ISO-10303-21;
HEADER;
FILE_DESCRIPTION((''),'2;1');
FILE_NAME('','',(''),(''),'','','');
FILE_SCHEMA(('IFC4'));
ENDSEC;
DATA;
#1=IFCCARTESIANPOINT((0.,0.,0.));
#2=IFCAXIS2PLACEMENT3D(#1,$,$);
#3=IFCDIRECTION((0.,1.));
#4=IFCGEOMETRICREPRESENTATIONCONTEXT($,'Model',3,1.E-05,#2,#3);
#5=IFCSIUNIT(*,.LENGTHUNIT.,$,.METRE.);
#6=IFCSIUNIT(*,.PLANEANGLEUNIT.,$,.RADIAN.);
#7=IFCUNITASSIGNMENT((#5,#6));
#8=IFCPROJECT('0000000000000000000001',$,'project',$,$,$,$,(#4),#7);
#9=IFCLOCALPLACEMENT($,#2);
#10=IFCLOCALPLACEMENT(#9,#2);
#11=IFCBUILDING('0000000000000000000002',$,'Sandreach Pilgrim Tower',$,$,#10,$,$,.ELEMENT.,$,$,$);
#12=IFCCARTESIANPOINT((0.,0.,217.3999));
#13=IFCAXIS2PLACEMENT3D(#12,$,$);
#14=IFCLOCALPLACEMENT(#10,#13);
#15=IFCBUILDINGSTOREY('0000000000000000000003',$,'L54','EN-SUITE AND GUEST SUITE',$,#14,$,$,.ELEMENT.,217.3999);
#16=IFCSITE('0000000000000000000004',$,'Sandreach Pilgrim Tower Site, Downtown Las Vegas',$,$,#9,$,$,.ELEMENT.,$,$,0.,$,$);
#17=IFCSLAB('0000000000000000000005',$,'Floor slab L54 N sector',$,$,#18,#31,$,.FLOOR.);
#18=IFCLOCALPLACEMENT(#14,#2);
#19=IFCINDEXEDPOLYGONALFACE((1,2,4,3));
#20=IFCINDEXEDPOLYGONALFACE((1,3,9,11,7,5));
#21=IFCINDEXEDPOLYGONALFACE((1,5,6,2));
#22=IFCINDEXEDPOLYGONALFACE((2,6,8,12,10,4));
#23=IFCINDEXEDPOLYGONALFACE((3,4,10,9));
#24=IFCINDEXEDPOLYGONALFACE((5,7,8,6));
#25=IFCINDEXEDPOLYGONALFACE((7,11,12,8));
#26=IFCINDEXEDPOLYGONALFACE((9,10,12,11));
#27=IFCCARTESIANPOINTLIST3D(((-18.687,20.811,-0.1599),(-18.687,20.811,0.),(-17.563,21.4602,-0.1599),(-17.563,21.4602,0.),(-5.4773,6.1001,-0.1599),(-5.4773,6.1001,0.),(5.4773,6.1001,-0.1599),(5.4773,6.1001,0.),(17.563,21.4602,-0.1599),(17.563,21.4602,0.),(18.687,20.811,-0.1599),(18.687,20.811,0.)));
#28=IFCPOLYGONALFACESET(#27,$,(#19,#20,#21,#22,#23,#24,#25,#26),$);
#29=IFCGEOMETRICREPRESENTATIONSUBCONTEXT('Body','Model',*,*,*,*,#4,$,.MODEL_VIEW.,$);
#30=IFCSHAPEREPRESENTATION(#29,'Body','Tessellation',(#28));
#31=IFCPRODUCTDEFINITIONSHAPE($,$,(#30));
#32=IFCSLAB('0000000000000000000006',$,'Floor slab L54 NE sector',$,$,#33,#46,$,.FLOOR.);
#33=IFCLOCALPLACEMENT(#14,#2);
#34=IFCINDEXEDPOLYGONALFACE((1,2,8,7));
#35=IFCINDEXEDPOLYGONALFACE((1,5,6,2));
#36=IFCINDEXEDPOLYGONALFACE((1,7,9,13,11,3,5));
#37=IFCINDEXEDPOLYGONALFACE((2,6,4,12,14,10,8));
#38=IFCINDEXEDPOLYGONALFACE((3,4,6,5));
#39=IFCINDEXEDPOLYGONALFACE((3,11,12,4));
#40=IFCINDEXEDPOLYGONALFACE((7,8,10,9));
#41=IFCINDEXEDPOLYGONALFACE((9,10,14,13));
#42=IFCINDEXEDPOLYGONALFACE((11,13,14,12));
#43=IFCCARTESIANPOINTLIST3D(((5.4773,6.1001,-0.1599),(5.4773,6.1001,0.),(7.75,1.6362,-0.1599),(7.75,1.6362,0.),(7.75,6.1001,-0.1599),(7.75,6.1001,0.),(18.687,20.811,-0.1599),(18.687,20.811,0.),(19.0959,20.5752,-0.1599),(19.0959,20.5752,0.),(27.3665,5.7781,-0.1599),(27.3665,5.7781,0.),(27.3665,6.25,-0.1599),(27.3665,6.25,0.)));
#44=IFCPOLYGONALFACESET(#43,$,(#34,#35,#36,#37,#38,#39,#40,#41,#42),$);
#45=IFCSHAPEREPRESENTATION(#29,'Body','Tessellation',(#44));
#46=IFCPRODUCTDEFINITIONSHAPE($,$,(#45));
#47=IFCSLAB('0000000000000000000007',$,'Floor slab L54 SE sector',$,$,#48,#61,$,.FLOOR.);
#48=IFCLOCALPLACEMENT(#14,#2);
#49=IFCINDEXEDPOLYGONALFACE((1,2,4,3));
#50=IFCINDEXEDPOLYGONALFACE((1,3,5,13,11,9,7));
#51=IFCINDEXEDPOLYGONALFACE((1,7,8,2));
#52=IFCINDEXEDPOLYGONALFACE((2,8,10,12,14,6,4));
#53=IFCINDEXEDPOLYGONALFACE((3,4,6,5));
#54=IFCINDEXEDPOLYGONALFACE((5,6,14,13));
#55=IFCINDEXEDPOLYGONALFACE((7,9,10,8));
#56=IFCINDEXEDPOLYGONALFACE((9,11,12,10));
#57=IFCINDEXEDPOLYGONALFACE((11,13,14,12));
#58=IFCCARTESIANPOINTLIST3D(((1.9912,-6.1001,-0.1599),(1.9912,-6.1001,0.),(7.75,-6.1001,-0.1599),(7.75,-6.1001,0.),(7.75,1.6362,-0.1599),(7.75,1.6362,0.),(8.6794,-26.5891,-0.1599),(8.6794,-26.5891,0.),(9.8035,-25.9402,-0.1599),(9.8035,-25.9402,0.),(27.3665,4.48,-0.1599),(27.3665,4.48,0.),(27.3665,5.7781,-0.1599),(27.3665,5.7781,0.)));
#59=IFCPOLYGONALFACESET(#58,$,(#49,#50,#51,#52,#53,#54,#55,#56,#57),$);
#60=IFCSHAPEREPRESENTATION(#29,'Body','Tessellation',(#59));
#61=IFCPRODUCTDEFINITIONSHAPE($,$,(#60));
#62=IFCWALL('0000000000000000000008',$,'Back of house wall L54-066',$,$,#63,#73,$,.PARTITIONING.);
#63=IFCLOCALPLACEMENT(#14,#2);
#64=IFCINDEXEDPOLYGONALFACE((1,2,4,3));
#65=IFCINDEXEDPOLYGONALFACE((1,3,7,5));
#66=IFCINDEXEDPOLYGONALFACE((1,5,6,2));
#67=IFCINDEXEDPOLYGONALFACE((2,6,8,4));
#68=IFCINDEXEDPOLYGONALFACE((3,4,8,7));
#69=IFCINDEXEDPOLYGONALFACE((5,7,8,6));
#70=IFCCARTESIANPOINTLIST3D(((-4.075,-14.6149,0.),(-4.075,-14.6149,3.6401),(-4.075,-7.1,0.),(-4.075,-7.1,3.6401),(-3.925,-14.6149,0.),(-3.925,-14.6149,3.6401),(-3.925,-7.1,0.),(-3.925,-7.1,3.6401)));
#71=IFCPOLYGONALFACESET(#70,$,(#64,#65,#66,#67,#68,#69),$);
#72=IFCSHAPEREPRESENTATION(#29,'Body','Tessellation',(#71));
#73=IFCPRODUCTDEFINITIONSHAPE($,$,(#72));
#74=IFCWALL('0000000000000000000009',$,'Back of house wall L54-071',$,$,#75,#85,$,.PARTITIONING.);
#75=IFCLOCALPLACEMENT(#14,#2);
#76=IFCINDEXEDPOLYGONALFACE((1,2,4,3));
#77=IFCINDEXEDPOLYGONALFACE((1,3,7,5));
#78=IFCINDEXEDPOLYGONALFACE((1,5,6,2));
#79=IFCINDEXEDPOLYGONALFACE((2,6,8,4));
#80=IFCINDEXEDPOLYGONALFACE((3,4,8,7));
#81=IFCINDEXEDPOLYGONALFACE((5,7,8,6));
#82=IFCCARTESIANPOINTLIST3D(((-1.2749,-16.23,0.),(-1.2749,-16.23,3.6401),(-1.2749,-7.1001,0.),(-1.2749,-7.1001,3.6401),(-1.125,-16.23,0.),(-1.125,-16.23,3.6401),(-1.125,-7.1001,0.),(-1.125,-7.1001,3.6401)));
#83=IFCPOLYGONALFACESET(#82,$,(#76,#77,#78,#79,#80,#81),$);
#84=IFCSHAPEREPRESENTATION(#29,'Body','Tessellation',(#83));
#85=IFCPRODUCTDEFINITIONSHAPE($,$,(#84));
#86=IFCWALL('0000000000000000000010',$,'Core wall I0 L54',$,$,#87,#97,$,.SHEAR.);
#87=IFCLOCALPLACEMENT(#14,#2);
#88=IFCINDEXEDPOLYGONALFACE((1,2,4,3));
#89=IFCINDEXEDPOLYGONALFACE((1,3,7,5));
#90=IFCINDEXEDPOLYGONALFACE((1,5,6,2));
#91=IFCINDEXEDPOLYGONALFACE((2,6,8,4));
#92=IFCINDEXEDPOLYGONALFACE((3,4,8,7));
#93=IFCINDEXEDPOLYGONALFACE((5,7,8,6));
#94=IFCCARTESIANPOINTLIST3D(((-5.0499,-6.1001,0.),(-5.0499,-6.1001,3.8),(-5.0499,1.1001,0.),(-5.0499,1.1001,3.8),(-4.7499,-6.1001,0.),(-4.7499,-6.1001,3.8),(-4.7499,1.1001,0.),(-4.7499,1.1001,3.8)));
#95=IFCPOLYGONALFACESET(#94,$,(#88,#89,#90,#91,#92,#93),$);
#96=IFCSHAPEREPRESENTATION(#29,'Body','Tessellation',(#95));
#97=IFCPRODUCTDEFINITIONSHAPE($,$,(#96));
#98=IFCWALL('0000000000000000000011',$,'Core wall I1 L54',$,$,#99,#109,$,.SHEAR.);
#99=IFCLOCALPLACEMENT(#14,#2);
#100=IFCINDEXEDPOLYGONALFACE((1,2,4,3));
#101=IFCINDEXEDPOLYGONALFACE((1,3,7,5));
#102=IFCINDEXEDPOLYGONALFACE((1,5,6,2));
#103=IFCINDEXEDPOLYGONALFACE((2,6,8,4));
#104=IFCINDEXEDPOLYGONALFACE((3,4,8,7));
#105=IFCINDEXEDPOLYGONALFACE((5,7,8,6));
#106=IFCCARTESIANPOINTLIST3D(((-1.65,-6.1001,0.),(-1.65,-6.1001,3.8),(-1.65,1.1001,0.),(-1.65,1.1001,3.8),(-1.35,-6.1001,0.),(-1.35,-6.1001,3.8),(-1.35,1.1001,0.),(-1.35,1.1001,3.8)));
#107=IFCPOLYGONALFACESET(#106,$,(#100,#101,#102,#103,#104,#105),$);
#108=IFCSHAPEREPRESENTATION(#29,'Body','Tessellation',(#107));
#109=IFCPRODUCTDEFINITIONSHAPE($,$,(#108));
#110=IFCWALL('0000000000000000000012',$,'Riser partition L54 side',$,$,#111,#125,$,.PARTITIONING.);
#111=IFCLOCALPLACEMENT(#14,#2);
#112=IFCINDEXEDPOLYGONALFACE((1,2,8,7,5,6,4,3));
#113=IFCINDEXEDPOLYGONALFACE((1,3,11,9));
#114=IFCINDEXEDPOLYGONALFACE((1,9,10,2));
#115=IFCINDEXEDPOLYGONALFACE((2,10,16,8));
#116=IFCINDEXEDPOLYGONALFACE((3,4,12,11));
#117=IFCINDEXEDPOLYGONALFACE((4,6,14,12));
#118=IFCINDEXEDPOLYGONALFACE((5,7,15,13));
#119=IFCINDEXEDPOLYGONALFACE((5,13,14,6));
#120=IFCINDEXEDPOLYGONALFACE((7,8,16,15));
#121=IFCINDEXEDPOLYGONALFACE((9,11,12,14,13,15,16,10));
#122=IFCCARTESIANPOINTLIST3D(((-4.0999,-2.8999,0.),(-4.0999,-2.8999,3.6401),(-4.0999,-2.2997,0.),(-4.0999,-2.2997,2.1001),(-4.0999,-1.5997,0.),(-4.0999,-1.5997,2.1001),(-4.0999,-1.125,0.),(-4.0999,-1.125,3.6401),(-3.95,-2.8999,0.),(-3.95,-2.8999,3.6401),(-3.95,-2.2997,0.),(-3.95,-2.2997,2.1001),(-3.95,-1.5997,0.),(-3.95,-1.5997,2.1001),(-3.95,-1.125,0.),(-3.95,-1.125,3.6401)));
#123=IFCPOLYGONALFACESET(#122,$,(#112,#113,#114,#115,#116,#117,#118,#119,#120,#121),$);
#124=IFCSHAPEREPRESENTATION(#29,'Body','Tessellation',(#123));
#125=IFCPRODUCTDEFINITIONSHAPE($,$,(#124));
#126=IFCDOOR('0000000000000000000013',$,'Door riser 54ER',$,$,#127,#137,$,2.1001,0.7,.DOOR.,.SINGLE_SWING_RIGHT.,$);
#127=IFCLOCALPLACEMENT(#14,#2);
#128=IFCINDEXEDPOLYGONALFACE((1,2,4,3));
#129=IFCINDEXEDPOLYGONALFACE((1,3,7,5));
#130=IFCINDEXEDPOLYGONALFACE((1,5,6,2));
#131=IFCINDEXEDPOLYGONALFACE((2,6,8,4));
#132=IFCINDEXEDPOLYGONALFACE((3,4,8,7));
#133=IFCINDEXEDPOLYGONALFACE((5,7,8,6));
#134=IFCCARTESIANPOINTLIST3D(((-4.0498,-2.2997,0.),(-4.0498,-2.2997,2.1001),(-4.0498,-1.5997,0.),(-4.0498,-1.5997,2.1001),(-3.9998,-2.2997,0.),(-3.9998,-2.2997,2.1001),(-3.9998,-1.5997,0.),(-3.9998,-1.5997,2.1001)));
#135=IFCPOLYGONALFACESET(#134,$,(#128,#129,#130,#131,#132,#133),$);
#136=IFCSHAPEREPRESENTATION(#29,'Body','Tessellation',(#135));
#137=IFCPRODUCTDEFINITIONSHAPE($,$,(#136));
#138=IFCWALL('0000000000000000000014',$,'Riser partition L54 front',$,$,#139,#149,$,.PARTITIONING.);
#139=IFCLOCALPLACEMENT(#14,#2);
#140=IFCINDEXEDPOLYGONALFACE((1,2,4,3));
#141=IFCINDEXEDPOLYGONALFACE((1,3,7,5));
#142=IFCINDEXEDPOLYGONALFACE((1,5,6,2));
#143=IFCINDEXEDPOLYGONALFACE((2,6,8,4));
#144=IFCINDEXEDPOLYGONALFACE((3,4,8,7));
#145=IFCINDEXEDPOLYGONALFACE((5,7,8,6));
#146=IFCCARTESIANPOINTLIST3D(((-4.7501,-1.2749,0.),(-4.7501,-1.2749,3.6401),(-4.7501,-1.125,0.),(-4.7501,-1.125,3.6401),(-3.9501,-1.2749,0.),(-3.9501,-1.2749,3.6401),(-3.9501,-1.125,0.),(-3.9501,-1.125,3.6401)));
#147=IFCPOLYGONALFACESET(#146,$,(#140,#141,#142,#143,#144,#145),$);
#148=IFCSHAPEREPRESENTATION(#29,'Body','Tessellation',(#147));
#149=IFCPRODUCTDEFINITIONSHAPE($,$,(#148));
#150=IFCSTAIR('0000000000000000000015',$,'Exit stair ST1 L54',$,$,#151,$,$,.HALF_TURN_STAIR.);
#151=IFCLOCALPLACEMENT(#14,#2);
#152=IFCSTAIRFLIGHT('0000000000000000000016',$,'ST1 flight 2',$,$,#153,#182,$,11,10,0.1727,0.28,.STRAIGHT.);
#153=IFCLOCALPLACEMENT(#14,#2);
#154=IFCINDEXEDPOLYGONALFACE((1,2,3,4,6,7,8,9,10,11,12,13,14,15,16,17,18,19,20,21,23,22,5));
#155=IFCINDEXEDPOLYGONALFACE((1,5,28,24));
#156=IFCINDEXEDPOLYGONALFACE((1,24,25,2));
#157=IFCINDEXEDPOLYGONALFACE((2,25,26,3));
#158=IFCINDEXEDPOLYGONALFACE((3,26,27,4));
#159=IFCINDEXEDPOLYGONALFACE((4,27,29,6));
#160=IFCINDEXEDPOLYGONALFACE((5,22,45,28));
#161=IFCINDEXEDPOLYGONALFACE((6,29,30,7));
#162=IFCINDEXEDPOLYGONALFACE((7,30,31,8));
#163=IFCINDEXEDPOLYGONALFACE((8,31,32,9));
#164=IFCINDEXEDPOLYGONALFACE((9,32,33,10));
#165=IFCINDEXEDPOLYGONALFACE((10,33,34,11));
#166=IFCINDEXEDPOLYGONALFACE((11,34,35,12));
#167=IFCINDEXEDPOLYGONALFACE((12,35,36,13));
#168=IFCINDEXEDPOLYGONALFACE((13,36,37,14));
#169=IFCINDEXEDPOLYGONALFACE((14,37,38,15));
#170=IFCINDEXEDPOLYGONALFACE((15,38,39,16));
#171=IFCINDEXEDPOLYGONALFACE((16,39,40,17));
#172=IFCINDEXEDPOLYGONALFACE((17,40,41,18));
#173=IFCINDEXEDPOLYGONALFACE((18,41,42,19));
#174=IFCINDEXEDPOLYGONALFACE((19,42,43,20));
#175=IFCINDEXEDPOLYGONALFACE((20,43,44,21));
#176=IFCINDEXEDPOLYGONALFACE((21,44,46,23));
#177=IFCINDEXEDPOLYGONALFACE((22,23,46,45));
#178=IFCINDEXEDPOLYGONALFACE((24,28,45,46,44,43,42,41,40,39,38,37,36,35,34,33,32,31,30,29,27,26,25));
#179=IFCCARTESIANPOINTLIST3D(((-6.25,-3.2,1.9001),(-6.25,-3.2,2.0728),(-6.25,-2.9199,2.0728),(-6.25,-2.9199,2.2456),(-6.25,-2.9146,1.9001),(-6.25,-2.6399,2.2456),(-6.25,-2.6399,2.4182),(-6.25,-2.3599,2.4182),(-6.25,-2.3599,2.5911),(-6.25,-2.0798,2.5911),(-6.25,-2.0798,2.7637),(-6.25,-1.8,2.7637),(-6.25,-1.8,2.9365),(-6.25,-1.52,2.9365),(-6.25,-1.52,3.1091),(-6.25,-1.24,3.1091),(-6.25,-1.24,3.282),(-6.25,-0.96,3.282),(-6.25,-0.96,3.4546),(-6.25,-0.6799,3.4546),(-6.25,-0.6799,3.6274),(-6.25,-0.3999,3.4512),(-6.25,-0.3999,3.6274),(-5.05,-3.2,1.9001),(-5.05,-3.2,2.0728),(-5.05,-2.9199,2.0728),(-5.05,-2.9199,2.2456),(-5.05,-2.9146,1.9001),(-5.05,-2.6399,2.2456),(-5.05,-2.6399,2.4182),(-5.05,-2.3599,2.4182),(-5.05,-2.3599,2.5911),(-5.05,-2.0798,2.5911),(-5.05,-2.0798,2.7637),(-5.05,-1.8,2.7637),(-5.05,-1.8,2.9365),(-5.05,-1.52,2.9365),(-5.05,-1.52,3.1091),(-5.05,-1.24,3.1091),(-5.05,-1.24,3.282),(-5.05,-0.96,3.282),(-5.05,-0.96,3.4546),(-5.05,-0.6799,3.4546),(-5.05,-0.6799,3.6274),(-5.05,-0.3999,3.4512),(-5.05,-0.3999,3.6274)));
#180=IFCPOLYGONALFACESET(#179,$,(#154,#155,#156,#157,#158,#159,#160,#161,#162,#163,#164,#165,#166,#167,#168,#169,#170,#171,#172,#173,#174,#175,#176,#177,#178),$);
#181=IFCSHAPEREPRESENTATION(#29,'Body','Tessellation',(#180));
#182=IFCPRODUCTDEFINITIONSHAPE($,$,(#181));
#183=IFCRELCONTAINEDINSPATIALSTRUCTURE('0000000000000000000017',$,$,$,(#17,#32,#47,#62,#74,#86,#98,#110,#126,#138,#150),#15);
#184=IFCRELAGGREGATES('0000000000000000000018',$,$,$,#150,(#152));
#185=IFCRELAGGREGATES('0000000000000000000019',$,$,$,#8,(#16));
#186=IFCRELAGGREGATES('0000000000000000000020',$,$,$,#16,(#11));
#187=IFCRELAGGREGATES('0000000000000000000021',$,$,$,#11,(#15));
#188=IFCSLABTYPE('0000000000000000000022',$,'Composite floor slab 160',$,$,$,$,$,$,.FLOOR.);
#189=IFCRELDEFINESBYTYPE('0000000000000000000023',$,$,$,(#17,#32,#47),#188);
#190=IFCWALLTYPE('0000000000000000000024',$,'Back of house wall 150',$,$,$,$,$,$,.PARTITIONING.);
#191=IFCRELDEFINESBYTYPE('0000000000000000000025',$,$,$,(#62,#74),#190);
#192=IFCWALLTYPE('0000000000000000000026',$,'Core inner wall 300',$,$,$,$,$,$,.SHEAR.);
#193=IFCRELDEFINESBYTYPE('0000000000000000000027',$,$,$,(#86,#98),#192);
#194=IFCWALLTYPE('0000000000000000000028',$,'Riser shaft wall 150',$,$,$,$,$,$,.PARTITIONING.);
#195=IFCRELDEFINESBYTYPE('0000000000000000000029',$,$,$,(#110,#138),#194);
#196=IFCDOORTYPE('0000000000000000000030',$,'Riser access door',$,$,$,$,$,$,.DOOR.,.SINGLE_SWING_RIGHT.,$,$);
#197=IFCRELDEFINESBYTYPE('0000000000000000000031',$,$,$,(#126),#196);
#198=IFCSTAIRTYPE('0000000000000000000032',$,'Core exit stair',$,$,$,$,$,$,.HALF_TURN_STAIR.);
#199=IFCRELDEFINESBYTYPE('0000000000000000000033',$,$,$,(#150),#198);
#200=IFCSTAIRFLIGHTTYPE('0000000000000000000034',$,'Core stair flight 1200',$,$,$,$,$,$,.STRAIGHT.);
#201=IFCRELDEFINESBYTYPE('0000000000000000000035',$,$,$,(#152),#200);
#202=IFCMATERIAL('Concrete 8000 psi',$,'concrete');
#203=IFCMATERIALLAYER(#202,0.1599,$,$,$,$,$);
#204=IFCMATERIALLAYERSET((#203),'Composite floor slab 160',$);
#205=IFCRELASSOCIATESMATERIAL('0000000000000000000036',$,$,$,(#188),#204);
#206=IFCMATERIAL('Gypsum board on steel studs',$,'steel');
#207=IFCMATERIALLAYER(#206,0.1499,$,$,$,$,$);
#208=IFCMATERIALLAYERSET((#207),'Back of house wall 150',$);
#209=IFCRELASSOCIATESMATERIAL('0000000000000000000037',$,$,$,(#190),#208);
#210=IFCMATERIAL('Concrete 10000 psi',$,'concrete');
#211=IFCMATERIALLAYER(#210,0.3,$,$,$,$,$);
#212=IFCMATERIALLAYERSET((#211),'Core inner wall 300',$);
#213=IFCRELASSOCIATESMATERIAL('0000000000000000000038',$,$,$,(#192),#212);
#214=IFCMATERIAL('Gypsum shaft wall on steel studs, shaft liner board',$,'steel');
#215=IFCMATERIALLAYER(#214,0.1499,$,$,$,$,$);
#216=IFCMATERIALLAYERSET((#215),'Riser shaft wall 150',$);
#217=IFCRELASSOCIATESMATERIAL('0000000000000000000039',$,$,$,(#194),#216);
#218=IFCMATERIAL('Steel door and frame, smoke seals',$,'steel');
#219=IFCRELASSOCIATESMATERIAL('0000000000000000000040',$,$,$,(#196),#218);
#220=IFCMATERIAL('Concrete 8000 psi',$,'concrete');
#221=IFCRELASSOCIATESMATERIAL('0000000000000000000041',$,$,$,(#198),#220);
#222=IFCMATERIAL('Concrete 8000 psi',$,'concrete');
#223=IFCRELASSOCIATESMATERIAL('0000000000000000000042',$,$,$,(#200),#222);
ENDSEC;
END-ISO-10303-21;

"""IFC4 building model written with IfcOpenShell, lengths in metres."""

from ifc_helpers import new_model, si_unit, direction, frame, frame_2d, origin, place, context, subcontext, project, spatial, polyline, rectangle, outline, extrude, material, layer, layer_set, type_object, element, fill, aggregate, save


model = new_model("IFC4")

# Units and contexts
model_context = context("Model", 3, precision=1e-05, world=origin(), true_north=direction((0.0, 1.0)))
body_context = subcontext(model_context, "Body", "Model", "MODEL_VIEW")
ifc_project = project(units=[si_unit("LENGTHUNIT", "METRE"), si_unit("PLANEANGLEUNIT", "RADIAN")], contexts=[model_context])

# Site, building, storey
site_placement = place(None, origin())
site = spatial("IfcSite", under=ifc_project, at=site_placement, Name="Sandreach Pilgrim Tower Site, Downtown Las Vegas", CompositionType="ELEMENT", RefElevation=0.0)
building_placement = place(site_placement, origin())
building = spatial("IfcBuilding", under=site, at=building_placement, Name="Sandreach Pilgrim Tower", CompositionType="ELEMENT")
storey_placement = place(building_placement, frame((0.0, 0.0, 217.3999)))
storey = spatial("IfcBuildingStorey", under=building, at=storey_placement, Name="L54", Description="EN-SUITE AND GUEST SUITE", CompositionType="ELEMENT", Elevation=217.3999)

# Slabs
ifc_material_1 = material(Name="Concrete 8000 psi", Category="concrete")
ifc_layer_1 = layer(ifc_material_1, 0.1599)
ifc_layer_set_1 = layer_set([ifc_layer_1], Name="Composite floor slab 160")
slab_type = type_object("IfcSlabType", Name="Composite floor slab 160", PredefinedType="FLOOR", material=ifc_layer_set_1)
slab_1_placement = place(storey_placement, frame((0.0, 0.0, -0.1599)))
element("IfcSlab", 1, at=slab_1_placement, inside=storey, type_object=slab_type, Name="Floor slab L54 N sector", PredefinedType="FLOOR", context=body_context, shape_type="SweptSolid", body=[
    extrude(outline(polyline([(-17.563, 21.4602), (17.563, 21.4602), (18.687, 20.811), (5.4773, 6.1001), (-5.4773, 6.1001), (-18.687, 20.811), (-17.563, 21.4602)])), origin(), (0.0, 0.0, 1.0), 0.1599),
])
slab_2_placement = place(storey_placement, frame((0.0, 0.0, -0.1599)))
element("IfcSlab", 2, at=slab_2_placement, inside=storey, type_object=slab_type, Name="Floor slab L54 NE sector", PredefinedType="FLOOR", context=body_context, shape_type="SweptSolid", body=[
    extrude(outline(polyline([(19.0959, 20.5752), (27.3665, 6.25), (27.3665, 5.7781), (7.75, 1.6362), (7.75, 6.1001), (5.4773, 6.1001), (18.687, 20.811), (19.0959, 20.5752)])), origin(), (0.0, 0.0, 1.0), 0.1599),
])
slab_3_placement = place(storey_placement, frame((0.0, 0.0, -0.1599)))
element("IfcSlab", 3, at=slab_3_placement, inside=storey, type_object=slab_type, Name="Floor slab L54 SE sector", PredefinedType="FLOOR", context=body_context, shape_type="SweptSolid", body=[
    extrude(outline(polyline([(27.3665, 4.48), (9.8035, -25.9402), (8.6794, -26.5891), (1.9912, -6.1001), (7.75, -6.1001), (7.75, 1.6362), (27.3665, 5.7781), (27.3665, 4.48)])), origin(), (0.0, 0.0, 1.0), 0.1599),
])

# Walls
ifc_material_2 = material(Name="Gypsum board on steel studs", Category="steel")
ifc_layer_2 = layer(ifc_material_2, 0.1499)
ifc_layer_set_2 = layer_set([ifc_layer_2], Name="Back of house wall 150")
wall_type_1 = type_object("IfcWallType", Name="Back of house wall 150", PredefinedType="PARTITIONING", material=ifc_layer_set_2)
wall_1_placement = place(storey_placement, frame((-4.0, -7.1001, 0.0), z_axis=(0.0, 0.0, 1.0), x_axis=(0.0, -1.0, 0.0)))
element("IfcWall", 4, at=wall_1_placement, inside=storey, type_object=wall_type_1, Name="Back of house wall L54-066", PredefinedType="PARTITIONING", context=body_context, shape_type="SweptSolid", body=[
    extrude(rectangle(XDim=7.5149, YDim=0.1499, at=frame_2d((3.7573, 0.0))), origin(), (0.0, 0.0, 1.0), 3.6401),
])
wall_2_placement = place(storey_placement, frame((-1.2, -7.1001, 0.0), z_axis=(0.0, 0.0, 1.0), x_axis=(0.0, -1.0, 0.0)))
element("IfcWall", 5, at=wall_2_placement, inside=storey, type_object=wall_type_1, Name="Back of house wall L54-071", PredefinedType="PARTITIONING", context=body_context, shape_type="SweptSolid", body=[
    extrude(rectangle(XDim=9.1299, YDim=0.1499, at=frame_2d((4.5649, 0.0))), origin(), (0.0, 0.0, 1.0), 3.6401),
])
ifc_material_3 = material(Name="Concrete 10000 psi", Category="concrete")
ifc_layer_3 = layer(ifc_material_3, 0.3)
ifc_layer_set_3 = layer_set([ifc_layer_3], Name="Core inner wall 300")
wall_type_2 = type_object("IfcWallType", Name="Core inner wall 300", PredefinedType="SHEAR", material=ifc_layer_set_3)
for number, where, z_axis, x_axis, name in (
    (6, (-4.8999, -6.1001, 0.0), (0.0, 0.0, 1.0), (0.0, 1.0, 0.0), "Core wall I0 L54"),
    (7, (-1.5, -6.1001, 0.0), (0.0, 0.0, 1.0), (0.0, 1.0, 0.0), "Core wall I1 L54"),
):
    element("IfcWall", number, at=place(storey_placement, frame(where, z_axis=z_axis, x_axis=x_axis)), inside=storey, type_object=wall_type_2, Name=name, PredefinedType="SHEAR", context=body_context, shape_type="SweptSolid", body=[
        extrude(rectangle(XDim=7.2002, YDim=0.3, at=frame_2d((3.6001, 0.0))), origin(), (0.0, 0.0, 1.0), 3.8),
    ])

# Wall, opening, door
ifc_material_4 = material(Name="Gypsum shaft wall on steel studs, shaft liner board", Category="steel")
ifc_layer_4 = layer(ifc_material_4, 0.1499)
ifc_layer_set_4 = layer_set([ifc_layer_4], Name="Riser shaft wall 150")
wall_type_3 = type_object("IfcWallType", Name="Riser shaft wall 150", PredefinedType="PARTITIONING", material=ifc_layer_set_4)
wall_3_placement = place(storey_placement, frame((-4.0249, -2.8999, 0.0), z_axis=(0.0, 0.0, 1.0), x_axis=(0.0, 1.0, 0.0)))
wall_3 = element("IfcWall", 8, at=wall_3_placement, inside=storey, type_object=wall_type_3, Name="Riser partition L54 side", PredefinedType="PARTITIONING", context=body_context, shape_type="SweptSolid", body=[
    extrude(rectangle(XDim=1.7749, YDim=0.1499, at=frame_2d((0.8875, 0.0))), origin(), (0.0, 0.0, 1.0), 3.6401),
])
opening_1_placement = place(wall_3_placement, frame((0.6001, 0.0, 0.0)))
opening_1 = element("IfcOpeningElement", 9, at=opening_1_placement, cuts=wall_3, PredefinedType="OPENING", context=body_context, shape_type="SweptSolid", body=[
    extrude(rectangle(XDim=0.7, YDim=2.1001, at=frame_2d((0.3501, 1.05))), frame((0.0, 0.075, 0.0), z_axis=(0.0, -1.0, 0.0), x_axis=(1.0, 0.0, 0.0)), (0.0, 0.0, 1.0), 0.1499),
])
ifc_material_5 = material(Name="Steel door and frame, smoke seals", Category="steel")
door_type_1 = type_object("IfcDoorType", Name="Riser access door", OperationType="SINGLE_SWING_RIGHT", PredefinedType="DOOR", material=ifc_material_5)
door_1_placement = place(opening_1_placement, origin())
door_1 = element("IfcDoor", 10, at=door_1_placement, inside=storey, type_object=door_type_1, Name="Door riser 54ER", OperationType="SINGLE_SWING_RIGHT", OverallHeight=2.1001, OverallWidth=0.7, PredefinedType="DOOR", context=body_context, shape_type="SweptSolid", body=[
    extrude(rectangle(XDim=0.7, YDim=2.1001, at=frame_2d((0.3501, 1.05))), frame((0.0, 0.0249, 0.0), z_axis=(0.0, -1.0, 0.0), x_axis=(1.0, 0.0, 0.0)), (0.0, 0.0, 1.0), 0.05),
])
fill(opening_1, door_1)

# Wall
wall_4_placement = place(storey_placement, frame((-4.75, -1.2, 0.0), z_axis=(0.0, 0.0, 1.0), x_axis=(1.0, 0.0, 0.0)))
element("IfcWall", 11, at=wall_4_placement, inside=storey, type_object=wall_type_3, Name="Riser partition L54 front", PredefinedType="PARTITIONING", context=body_context, shape_type="SweptSolid", body=[
    extrude(rectangle(XDim=0.8, YDim=0.1499, at=frame_2d((0.3999, 0.0))), origin(), (0.0, 0.0, 1.0), 3.6401),
])

# Stair, stair flight
ifc_material_6 = material(Name="Concrete 8000 psi", Category="concrete")
stair_type = type_object("IfcStairType", Name="Core exit stair", PredefinedType="HALF_TURN_STAIR", material=ifc_material_6)
stair_1_placement = place(storey_placement, origin())
stair_1 = element("IfcStair", 12, at=stair_1_placement, inside=storey, type_object=stair_type, Name="Exit stair ST1 L54", PredefinedType="HALF_TURN_STAIR")
ifc_material_7 = material(Name="Concrete 8000 psi", Category="concrete")
stair_flight_type = type_object("IfcStairFlightType", Name="Core stair flight 1200", PredefinedType="STRAIGHT", material=ifc_material_7)
stair_flight_1_placement = place(storey_placement, frame((-5.6499, -3.2, 1.9001), z_axis=(0.0, 0.0, 1.0), x_axis=(0.0, 1.0, 0.0)))
stair_flight_1 = element("IfcStairFlight", 13, at=stair_flight_1_placement, type_object=stair_flight_type, Name="ST1 flight 2", NumberOfRisers=11, NumberOfTreads=10, PredefinedType="STRAIGHT", RiserHeight=0.1727, TreadLength=0.28, context=body_context, shape_type="SweptSolid", body=[
    extrude(outline(polyline([(0.0, 0.0), (0.0, 0.1726), (0.28, 0.1726), (0.28, 0.3455), (0.5601, 0.3455), (0.5601, 0.5181), (0.8401, 0.5181), (0.8401, 0.6909), (1.1201, 0.6909), (1.1201, 0.8635), (1.3999, 0.8635), (1.3999, 1.0364), (1.6799, 1.0364), (1.6799, 1.209), (1.96, 1.209), (1.96, 1.3818), (2.24, 1.3818), (2.24, 1.5544), (2.52, 1.5544), (2.52, 1.7273), (2.8, 1.7273), (2.8, 1.8999), (2.8, 1.551), (0.2854, 0.0), (0.0, 0.0)])), frame((0.0, 0.6001, 0.0), z_axis=(0.0, -1.0, 0.0), x_axis=(1.0, 0.0, 0.0)), (0.0, 0.0, 1.0), 1.2),
])
aggregate(stair_1, [stair_flight_1])

save(model, "model.ifc")
